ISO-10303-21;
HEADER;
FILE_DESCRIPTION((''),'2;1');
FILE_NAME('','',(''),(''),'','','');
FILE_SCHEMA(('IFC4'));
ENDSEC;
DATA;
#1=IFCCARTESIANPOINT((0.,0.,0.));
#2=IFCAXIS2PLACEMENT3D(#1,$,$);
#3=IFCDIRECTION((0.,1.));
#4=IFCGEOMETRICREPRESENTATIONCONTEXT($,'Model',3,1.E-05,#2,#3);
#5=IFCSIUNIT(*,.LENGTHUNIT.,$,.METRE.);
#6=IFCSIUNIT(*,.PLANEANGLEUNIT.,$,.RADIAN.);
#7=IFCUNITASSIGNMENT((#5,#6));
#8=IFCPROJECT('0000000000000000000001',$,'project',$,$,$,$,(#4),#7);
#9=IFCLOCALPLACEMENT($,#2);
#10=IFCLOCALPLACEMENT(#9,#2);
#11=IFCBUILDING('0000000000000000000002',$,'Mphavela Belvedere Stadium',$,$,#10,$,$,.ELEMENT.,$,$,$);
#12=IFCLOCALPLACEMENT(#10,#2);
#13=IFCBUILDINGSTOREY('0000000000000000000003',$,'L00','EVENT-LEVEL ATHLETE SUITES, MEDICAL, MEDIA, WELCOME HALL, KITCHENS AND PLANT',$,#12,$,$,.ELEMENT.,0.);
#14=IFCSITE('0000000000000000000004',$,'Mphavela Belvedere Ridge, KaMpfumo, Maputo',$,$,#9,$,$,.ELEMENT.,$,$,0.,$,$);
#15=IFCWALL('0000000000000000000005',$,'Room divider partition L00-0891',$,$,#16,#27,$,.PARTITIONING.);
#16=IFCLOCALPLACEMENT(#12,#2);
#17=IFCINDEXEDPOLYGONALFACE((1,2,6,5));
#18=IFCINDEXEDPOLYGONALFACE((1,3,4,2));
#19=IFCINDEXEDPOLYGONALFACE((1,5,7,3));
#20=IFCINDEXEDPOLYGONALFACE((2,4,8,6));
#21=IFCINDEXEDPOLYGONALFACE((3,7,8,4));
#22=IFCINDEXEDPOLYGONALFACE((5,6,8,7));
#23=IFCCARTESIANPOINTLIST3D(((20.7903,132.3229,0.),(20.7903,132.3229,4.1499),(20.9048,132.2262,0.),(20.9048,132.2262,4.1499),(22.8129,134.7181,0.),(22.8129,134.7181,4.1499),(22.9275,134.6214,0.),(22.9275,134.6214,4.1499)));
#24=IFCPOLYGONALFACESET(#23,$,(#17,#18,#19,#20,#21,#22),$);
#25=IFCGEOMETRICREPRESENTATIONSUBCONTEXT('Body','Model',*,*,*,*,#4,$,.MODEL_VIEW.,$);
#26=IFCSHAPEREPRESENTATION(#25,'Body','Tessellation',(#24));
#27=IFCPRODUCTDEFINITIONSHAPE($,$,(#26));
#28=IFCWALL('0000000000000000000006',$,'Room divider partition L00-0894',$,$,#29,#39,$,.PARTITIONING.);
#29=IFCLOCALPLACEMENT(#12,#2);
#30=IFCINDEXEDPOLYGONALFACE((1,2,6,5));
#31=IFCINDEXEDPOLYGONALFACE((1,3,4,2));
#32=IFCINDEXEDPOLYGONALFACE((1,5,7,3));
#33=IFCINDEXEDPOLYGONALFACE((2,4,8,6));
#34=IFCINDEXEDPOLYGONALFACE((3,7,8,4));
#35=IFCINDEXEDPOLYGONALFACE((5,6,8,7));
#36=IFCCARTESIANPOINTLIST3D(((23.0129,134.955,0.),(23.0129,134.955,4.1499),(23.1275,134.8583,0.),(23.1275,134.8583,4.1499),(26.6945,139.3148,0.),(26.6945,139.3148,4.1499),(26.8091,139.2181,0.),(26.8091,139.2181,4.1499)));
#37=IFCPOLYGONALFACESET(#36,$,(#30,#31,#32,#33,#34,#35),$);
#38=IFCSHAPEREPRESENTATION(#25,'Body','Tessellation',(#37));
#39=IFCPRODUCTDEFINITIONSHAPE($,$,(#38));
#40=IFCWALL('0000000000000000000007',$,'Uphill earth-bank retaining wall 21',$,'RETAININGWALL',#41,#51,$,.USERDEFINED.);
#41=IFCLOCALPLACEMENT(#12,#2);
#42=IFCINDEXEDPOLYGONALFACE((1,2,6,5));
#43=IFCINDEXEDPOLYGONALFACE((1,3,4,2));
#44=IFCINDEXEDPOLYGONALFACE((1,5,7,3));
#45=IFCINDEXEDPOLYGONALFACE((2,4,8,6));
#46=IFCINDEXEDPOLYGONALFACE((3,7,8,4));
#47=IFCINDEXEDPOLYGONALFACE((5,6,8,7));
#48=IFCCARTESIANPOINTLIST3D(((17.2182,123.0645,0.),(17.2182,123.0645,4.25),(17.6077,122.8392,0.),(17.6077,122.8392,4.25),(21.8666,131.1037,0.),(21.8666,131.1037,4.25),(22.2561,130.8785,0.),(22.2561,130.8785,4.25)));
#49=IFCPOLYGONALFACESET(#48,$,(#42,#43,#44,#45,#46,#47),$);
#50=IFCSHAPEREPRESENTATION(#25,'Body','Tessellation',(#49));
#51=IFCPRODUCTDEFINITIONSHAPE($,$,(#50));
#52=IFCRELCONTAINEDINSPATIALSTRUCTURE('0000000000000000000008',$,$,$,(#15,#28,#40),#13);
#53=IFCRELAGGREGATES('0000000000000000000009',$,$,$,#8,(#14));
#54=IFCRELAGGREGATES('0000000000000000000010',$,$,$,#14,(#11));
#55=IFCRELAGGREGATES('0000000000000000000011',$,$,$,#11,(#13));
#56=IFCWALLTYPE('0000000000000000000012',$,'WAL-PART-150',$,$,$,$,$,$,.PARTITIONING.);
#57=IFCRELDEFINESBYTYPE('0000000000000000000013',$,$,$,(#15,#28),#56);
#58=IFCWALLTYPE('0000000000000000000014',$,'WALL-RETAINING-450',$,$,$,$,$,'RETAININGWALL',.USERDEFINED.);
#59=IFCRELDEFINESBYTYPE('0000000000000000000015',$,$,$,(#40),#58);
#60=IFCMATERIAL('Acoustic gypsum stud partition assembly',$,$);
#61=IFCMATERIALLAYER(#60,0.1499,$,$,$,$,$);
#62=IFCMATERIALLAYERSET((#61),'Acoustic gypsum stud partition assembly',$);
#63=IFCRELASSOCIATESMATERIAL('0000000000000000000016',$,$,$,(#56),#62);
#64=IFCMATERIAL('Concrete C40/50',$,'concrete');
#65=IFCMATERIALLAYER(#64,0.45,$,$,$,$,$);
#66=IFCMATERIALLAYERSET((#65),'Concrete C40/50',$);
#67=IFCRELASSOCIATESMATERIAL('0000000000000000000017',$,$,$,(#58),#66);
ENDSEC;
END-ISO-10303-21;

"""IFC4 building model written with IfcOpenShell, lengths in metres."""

from ifc_helpers import new_model, si_unit, direction, frame, frame_2d, origin, place, context, subcontext, project, spatial, rectangle, extrude, material, layer, layer_set, type_object, element, save


model = new_model("IFC4")

# Units and contexts
model_context = context("Model", 3, precision=1e-05, world=origin(), true_north=direction((0.0, 1.0)))
body_context = subcontext(model_context, "Body", "Model", "MODEL_VIEW")
ifc_project = project(units=[si_unit("LENGTHUNIT", "METRE"), si_unit("PLANEANGLEUNIT", "RADIAN")], contexts=[model_context])

# Site, building, storey
site_placement = place(None, origin())
site = spatial("IfcSite", under=ifc_project, at=site_placement, Name="Mphavela Belvedere Ridge, KaMpfumo, Maputo", CompositionType="ELEMENT", RefElevation=0.0)
building_placement = place(site_placement, origin())
building = spatial("IfcBuilding", under=site, at=building_placement, Name="Mphavela Belvedere Stadium", CompositionType="ELEMENT")
storey_placement = place(building_placement, origin())
storey = spatial("IfcBuildingStorey", under=building, at=storey_placement, Name="L00", Description="EVENT-LEVEL ATHLETE SUITES, MEDICAL, MEDIA, WELCOME HALL, KITCHENS AND PLANT", CompositionType="ELEMENT", Elevation=0.0)

# Walls
ifc_material_1 = material(Name="Acoustic gypsum stud partition assembly")
ifc_layer_1 = layer(ifc_material_1, 0.1499)
ifc_layer_set_1 = layer_set([ifc_layer_1], Name="Acoustic gypsum stud partition assembly")
wall_type_1 = type_object("IfcWallType", Name="WAL-PART-150", PredefinedType="PARTITIONING", material=ifc_layer_set_1)
wall_1_placement = place(storey_placement, frame((22.8701, 134.6697, 0.0), z_axis=(0.0, 0.0, 1.0), x_axis=(-0.645188, -0.764024, 0.0)))
element("IfcWall", 1, at=wall_1_placement, inside=storey, type_object=wall_type_1, Name="Room divider partition L00-0891", PredefinedType="PARTITIONING", context=body_context, shape_type="SweptSolid", body=[
    extrude(rectangle(XDim=3.135, YDim=0.1499, at=frame_2d((1.5674, 0.0))), origin(), (0.0, 0.0, 1.0), 4.1499),
])
wall_2_placement = place(storey_placement, frame((26.7517, 139.2664, 0.0), z_axis=(0.0, 0.0, 1.0), x_axis=(-0.645179, -0.764032, 0.0)))
element("IfcWall", 2, at=wall_2_placement, inside=storey, type_object=wall_type_1, Name="Room divider partition L00-0894", PredefinedType="PARTITIONING", context=body_context, shape_type="SweptSolid", body=[
    extrude(rectangle(XDim=5.7063, YDim=0.1499, at=frame_2d((2.853, 0.0))), origin(), (0.0, 0.0, 1.0), 4.1499),
])
ifc_material_2 = material(Name="Concrete C40/50", Category="concrete")
ifc_layer_2 = layer(ifc_material_2, 0.45)
ifc_layer_set_2 = layer_set([ifc_layer_2], Name="Concrete C40/50")
wall_type_2 = type_object("IfcWallType", Name="WALL-RETAINING-450", ElementType="RETAININGWALL", PredefinedType="USERDEFINED", material=ifc_layer_set_2)
wall_3_placement = place(storey_placement, frame((22.0613, 130.991, 0.0), z_axis=(0.0, 0.0, 1.0), x_axis=(-0.500561, -0.865702, 0.0)))
element("IfcWall", 3, at=wall_3_placement, inside=storey, type_object=wall_type_2, Name="Uphill earth-bank retaining wall 21", ObjectType="RETAININGWALL", PredefinedType="USERDEFINED", context=body_context, shape_type="SweptSolid", body=[
    extrude(rectangle(XDim=9.2864, YDim=0.45, at=frame_2d((4.6431, 0.0))), origin(), (0.0, 0.0, 1.0), 4.25),
])

save(model, "model.ifc")
